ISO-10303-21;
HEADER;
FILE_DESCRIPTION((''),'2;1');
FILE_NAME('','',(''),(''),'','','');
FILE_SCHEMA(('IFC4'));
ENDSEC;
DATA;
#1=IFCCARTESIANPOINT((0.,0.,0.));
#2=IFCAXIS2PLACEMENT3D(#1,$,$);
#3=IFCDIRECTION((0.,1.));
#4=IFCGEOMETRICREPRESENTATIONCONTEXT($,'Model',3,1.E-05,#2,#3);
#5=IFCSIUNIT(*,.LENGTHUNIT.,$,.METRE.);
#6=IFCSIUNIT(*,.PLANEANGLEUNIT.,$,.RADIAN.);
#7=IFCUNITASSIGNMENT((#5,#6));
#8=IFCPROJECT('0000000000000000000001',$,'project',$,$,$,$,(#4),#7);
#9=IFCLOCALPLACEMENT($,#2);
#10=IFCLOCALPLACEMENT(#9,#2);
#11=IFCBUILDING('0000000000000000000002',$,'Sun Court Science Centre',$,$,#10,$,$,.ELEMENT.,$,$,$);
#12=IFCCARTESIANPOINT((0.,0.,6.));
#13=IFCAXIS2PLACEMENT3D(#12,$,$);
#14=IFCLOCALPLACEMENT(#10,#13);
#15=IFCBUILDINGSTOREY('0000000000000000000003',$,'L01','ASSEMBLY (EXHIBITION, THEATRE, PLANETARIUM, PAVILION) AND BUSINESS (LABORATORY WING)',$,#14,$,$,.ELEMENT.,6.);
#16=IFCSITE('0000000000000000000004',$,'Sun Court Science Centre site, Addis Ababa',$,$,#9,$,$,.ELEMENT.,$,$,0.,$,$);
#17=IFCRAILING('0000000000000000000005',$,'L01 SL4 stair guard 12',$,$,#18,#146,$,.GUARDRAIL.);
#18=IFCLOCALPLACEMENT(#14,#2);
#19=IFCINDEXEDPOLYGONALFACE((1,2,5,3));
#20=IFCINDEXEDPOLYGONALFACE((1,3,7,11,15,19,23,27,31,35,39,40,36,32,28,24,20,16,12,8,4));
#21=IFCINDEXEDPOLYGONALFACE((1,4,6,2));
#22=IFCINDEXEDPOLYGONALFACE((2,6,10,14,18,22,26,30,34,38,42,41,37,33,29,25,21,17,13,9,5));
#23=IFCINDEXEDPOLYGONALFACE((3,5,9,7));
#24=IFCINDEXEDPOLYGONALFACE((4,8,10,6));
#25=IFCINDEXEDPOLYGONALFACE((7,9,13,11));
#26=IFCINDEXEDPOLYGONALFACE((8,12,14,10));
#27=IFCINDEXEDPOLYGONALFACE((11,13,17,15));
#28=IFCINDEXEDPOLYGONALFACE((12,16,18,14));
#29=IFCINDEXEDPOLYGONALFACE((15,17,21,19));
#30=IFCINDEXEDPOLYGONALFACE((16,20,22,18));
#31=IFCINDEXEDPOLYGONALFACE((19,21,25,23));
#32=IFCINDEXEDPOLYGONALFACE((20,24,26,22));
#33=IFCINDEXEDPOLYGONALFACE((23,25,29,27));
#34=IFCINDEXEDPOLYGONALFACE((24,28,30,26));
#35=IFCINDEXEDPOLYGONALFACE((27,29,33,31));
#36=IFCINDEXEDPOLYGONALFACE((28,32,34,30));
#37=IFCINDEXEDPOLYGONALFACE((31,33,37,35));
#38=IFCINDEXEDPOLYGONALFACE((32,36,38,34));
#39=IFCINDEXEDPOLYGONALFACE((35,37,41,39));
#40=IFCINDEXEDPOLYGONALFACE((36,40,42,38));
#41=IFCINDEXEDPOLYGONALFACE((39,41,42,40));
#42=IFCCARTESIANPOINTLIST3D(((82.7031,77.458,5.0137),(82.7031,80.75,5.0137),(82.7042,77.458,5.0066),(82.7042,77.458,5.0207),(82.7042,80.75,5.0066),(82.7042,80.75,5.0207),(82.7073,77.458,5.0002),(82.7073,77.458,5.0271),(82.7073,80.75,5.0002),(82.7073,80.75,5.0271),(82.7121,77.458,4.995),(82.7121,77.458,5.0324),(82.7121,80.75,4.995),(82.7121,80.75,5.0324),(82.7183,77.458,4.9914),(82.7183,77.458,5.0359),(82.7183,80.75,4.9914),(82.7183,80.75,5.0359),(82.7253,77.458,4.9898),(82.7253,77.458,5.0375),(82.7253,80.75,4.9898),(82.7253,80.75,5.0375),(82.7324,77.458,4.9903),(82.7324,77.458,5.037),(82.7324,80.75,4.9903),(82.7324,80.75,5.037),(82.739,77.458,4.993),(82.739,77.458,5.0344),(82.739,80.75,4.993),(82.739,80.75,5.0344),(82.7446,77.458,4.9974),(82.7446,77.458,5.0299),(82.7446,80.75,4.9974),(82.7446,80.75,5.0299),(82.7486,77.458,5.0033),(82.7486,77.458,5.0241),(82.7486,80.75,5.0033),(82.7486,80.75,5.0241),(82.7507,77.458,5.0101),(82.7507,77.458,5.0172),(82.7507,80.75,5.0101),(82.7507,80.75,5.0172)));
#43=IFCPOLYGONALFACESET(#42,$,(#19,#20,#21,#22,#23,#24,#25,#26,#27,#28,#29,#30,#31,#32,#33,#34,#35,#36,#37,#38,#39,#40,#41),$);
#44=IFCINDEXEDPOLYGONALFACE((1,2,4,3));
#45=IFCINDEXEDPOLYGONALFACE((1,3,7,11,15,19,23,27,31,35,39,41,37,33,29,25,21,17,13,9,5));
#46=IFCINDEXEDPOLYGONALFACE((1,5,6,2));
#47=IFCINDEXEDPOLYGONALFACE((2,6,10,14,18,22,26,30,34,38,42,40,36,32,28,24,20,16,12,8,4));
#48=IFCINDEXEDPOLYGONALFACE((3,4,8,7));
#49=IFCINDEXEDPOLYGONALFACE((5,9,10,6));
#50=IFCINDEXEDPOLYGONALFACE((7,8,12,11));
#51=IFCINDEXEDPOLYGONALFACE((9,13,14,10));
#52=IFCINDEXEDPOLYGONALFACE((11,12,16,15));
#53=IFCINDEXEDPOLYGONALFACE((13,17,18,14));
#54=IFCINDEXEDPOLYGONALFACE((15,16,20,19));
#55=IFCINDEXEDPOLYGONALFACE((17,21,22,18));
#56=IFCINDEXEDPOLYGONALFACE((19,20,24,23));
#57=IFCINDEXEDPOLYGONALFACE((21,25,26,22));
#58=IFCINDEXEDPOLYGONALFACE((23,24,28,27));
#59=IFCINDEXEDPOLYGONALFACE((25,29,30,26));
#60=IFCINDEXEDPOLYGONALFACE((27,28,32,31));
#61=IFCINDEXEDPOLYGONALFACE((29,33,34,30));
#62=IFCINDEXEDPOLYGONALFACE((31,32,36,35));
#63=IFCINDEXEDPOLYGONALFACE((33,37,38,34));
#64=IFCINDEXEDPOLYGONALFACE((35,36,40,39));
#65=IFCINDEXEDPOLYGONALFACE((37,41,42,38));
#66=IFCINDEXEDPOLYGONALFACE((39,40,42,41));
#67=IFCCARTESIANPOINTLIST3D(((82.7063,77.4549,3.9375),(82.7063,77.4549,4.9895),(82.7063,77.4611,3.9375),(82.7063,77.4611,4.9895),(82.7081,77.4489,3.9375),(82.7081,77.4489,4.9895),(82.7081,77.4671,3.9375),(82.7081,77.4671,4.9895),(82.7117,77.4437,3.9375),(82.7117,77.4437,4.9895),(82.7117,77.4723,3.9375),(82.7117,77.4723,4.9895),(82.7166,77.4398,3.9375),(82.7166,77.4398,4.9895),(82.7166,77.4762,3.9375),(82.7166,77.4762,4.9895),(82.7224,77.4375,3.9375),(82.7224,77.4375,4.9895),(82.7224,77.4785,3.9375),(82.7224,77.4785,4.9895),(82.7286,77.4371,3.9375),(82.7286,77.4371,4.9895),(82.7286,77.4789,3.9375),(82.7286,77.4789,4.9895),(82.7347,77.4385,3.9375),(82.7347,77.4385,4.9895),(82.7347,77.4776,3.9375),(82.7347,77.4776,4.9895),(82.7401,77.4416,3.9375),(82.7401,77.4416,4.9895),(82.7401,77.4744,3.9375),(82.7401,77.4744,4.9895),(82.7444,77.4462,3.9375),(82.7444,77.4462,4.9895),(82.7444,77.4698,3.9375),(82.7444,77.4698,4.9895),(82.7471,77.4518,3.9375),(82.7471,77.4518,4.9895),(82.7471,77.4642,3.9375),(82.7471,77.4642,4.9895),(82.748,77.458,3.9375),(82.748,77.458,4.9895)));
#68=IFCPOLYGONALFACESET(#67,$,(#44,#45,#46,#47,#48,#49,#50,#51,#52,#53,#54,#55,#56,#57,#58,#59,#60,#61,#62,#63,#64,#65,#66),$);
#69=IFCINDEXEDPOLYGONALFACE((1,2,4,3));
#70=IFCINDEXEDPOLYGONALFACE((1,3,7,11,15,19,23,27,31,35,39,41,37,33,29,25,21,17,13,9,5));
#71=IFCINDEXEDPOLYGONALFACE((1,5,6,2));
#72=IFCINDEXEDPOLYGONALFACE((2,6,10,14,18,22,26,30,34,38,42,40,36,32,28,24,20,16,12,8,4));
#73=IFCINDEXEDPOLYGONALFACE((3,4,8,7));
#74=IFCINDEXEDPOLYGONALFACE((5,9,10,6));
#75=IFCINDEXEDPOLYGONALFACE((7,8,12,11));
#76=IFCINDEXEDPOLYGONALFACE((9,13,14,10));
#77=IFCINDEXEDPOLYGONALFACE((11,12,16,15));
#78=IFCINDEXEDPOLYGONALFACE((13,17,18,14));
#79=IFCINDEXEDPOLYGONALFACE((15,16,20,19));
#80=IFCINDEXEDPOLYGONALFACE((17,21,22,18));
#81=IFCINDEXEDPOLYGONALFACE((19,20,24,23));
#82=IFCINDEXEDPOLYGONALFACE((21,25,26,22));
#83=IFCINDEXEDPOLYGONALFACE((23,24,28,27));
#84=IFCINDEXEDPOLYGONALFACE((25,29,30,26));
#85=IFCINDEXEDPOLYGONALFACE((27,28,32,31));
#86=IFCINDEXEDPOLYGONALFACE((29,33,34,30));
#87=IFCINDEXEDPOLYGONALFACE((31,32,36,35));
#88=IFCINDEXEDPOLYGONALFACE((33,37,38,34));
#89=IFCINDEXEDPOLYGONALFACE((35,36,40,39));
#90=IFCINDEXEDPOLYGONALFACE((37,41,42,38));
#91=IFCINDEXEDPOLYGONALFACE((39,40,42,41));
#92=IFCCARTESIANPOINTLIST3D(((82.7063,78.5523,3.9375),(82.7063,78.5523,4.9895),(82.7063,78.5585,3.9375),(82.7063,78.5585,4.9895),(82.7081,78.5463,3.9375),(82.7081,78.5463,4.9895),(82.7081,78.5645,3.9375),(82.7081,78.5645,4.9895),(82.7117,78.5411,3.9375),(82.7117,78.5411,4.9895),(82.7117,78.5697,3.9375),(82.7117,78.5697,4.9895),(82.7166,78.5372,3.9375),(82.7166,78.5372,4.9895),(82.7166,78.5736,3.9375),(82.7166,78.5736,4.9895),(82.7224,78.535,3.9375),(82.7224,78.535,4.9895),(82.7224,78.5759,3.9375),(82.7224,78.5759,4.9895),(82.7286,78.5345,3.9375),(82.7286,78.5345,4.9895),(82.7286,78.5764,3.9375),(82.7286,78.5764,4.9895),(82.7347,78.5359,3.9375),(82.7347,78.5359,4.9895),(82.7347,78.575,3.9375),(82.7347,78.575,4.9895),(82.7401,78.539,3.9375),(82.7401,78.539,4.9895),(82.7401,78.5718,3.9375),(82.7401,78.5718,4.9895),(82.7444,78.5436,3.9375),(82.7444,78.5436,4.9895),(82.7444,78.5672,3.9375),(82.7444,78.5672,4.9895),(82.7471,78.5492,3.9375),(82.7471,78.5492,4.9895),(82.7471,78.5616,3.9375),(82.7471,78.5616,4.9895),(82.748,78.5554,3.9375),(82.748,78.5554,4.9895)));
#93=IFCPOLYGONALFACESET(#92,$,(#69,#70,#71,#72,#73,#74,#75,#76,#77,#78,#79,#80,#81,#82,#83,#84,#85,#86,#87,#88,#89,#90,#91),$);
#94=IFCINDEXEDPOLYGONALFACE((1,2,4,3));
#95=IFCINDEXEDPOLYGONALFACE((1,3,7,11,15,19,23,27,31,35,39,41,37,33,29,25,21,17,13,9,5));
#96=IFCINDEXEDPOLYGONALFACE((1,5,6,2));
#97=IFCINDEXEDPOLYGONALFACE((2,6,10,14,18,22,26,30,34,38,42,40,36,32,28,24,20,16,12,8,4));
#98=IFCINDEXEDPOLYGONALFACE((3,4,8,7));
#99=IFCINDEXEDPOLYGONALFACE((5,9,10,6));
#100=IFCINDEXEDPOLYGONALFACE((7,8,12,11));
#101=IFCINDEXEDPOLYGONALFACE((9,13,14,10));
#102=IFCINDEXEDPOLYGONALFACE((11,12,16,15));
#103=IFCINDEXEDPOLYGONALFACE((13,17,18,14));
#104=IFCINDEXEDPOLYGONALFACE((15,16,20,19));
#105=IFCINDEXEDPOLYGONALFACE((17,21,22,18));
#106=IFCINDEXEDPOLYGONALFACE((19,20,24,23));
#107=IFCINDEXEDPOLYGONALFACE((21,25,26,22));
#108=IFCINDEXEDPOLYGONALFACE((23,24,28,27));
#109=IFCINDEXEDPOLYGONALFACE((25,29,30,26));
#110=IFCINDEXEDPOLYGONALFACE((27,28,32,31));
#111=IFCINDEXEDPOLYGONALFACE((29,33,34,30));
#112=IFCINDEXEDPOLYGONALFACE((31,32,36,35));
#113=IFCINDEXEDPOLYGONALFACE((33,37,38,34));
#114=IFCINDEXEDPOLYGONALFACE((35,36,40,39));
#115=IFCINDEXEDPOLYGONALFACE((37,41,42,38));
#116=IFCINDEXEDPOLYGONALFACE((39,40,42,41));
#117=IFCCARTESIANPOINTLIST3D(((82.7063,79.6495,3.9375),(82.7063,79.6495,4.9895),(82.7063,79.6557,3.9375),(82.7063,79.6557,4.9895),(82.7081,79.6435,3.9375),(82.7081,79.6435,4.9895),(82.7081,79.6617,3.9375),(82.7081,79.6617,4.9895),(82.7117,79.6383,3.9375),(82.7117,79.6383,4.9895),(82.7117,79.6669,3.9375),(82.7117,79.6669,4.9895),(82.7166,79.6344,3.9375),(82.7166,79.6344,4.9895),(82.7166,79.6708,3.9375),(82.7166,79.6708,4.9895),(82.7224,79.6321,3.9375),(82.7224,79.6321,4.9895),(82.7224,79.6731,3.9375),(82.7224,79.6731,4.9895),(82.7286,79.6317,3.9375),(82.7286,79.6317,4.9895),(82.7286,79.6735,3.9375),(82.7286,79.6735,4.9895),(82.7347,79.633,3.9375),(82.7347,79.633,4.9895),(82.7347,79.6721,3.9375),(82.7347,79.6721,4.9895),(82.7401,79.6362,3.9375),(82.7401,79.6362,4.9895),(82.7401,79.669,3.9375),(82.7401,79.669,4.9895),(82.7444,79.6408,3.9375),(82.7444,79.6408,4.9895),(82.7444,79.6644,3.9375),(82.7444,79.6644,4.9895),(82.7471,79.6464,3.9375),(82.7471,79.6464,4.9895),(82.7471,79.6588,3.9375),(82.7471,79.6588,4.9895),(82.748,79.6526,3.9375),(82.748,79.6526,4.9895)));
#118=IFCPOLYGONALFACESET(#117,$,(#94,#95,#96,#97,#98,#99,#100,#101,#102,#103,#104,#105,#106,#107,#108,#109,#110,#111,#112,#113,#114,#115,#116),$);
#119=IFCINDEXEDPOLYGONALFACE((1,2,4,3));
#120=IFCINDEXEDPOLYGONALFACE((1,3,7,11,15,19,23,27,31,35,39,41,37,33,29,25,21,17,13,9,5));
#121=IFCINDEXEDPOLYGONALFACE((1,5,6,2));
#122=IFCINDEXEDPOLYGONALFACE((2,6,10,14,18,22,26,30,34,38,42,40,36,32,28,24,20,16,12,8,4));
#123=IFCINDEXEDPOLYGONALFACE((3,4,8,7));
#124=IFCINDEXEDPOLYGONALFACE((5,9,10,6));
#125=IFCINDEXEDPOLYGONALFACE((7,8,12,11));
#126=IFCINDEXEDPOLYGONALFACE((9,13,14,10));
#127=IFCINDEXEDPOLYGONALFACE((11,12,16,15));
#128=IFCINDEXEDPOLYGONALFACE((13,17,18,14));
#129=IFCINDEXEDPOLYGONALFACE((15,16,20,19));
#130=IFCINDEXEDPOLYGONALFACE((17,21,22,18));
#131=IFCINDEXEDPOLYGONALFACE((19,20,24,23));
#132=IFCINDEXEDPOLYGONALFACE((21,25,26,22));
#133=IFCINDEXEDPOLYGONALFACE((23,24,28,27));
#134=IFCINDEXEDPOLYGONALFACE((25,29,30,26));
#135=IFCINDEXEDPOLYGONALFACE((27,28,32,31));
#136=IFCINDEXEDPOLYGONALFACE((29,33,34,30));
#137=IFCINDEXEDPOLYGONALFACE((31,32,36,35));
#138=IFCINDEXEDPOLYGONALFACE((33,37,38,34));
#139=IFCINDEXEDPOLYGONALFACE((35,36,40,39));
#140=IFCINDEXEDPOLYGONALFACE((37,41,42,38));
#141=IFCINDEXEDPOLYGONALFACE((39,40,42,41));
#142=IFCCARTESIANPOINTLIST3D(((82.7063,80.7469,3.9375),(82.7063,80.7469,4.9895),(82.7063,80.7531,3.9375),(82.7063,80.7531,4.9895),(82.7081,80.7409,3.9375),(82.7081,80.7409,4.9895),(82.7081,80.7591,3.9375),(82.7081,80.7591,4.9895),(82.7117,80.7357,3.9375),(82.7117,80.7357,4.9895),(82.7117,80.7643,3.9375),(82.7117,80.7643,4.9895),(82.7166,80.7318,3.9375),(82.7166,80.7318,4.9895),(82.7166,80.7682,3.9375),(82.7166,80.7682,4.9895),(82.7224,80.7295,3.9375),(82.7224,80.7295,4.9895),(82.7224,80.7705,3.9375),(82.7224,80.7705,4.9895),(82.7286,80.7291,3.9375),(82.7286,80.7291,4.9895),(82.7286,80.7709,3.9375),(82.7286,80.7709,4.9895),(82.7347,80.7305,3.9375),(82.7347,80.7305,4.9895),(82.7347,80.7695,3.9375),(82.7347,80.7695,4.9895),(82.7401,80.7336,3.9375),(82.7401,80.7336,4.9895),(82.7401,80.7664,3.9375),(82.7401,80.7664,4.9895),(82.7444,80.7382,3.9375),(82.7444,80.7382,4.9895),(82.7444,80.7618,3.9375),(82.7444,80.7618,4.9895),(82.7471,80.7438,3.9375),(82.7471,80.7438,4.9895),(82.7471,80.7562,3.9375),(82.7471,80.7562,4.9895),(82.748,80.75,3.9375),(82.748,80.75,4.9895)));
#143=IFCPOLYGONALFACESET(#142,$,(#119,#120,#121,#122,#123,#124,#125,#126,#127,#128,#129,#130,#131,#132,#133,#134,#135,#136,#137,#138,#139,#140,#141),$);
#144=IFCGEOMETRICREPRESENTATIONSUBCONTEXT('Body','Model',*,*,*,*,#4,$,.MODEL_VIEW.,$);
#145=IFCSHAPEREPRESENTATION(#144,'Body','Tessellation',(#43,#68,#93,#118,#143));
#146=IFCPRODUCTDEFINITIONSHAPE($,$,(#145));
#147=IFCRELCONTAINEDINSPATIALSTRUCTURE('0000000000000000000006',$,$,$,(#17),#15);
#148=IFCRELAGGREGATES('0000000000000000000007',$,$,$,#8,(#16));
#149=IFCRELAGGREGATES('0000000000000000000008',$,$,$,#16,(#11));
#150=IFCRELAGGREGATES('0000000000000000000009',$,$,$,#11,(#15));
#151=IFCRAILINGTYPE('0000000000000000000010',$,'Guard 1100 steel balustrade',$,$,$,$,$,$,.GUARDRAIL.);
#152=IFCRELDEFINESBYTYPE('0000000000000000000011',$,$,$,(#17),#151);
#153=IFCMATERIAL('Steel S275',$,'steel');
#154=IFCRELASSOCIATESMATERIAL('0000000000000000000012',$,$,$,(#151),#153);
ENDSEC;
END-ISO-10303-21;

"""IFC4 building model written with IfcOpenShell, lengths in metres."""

from ifc_helpers import new_model, si_unit, direction, frame, origin, origin_2d, place, context, subcontext, project, spatial, circle, extrude, material, type_object, element, save


model = new_model("IFC4")

# Units and contexts
model_context = context("Model", 3, precision=1e-05, world=origin(), true_north=direction((0.0, 1.0)))
body_context = subcontext(model_context, "Body", "Model", "MODEL_VIEW")
ifc_project = project(units=[si_unit("LENGTHUNIT", "METRE"), si_unit("PLANEANGLEUNIT", "RADIAN")], contexts=[model_context])

# Site, building, storey
site_placement = place(None, origin())
site = spatial("IfcSite", under=ifc_project, at=site_placement, Name="Sun Court Science Centre site, Addis Ababa", CompositionType="ELEMENT", RefElevation=0.0)
building_placement = place(site_placement, origin())
building = spatial("IfcBuilding", under=site, at=building_placement, Name="Sun Court Science Centre", CompositionType="ELEMENT")
storey_placement = place(building_placement, frame((0.0, 0.0, 6.0)))
storey = spatial("IfcBuildingStorey", under=building, at=storey_placement, Name="L01", Description="ASSEMBLY (EXHIBITION, THEATRE, PLANETARIUM, PAVILION) AND BUSINESS (LABORATORY WING)", CompositionType="ELEMENT", Elevation=6.0)

# Railing
ifc_material_1 = material(Name="Steel S275", Category="steel")
railing_type_1 = type_object("IfcRailingType", Name="Guard 1100 steel balustrade", PredefinedType="GUARDRAIL", material=ifc_material_1)
railing_1_placement = place(storey_placement, frame((82.7271, 77.458, 3.9375)))
element("IfcRailing", 1, at=railing_1_placement, inside=storey, type_object=railing_type_1, Name="L01 SL4 stair guard 12", PredefinedType="GUARDRAIL", context=body_context, shape_type="SweptSolid", body=[
    extrude(circle(Radius=0.0239, at=origin_2d()), frame((0.0, 0.0, 1.0762), z_axis=(0.0, 1.0, 0.0), x_axis=(-1.0, 0.0, 0.0)), (0.0, 0.0, 1.0), 3.292),
    extrude(circle(Radius=0.021, at=origin_2d()), origin(), (0.0, 0.0, 1.0), 1.052),
    extrude(circle(Radius=0.021, at=origin_2d()), frame((0.0, 1.0974, 0.0)), (0.0, 0.0, 1.0), 1.052),
    extrude(circle(Radius=0.021, at=origin_2d()), frame((0.0, 2.1946, 0.0)), (0.0, 0.0, 1.0), 1.052),
    extrude(circle(Radius=0.021, at=origin_2d()), frame((0.0, 3.292, 0.0)), (0.0, 0.0, 1.0), 1.052),
])

save(model, "model.ifc")
